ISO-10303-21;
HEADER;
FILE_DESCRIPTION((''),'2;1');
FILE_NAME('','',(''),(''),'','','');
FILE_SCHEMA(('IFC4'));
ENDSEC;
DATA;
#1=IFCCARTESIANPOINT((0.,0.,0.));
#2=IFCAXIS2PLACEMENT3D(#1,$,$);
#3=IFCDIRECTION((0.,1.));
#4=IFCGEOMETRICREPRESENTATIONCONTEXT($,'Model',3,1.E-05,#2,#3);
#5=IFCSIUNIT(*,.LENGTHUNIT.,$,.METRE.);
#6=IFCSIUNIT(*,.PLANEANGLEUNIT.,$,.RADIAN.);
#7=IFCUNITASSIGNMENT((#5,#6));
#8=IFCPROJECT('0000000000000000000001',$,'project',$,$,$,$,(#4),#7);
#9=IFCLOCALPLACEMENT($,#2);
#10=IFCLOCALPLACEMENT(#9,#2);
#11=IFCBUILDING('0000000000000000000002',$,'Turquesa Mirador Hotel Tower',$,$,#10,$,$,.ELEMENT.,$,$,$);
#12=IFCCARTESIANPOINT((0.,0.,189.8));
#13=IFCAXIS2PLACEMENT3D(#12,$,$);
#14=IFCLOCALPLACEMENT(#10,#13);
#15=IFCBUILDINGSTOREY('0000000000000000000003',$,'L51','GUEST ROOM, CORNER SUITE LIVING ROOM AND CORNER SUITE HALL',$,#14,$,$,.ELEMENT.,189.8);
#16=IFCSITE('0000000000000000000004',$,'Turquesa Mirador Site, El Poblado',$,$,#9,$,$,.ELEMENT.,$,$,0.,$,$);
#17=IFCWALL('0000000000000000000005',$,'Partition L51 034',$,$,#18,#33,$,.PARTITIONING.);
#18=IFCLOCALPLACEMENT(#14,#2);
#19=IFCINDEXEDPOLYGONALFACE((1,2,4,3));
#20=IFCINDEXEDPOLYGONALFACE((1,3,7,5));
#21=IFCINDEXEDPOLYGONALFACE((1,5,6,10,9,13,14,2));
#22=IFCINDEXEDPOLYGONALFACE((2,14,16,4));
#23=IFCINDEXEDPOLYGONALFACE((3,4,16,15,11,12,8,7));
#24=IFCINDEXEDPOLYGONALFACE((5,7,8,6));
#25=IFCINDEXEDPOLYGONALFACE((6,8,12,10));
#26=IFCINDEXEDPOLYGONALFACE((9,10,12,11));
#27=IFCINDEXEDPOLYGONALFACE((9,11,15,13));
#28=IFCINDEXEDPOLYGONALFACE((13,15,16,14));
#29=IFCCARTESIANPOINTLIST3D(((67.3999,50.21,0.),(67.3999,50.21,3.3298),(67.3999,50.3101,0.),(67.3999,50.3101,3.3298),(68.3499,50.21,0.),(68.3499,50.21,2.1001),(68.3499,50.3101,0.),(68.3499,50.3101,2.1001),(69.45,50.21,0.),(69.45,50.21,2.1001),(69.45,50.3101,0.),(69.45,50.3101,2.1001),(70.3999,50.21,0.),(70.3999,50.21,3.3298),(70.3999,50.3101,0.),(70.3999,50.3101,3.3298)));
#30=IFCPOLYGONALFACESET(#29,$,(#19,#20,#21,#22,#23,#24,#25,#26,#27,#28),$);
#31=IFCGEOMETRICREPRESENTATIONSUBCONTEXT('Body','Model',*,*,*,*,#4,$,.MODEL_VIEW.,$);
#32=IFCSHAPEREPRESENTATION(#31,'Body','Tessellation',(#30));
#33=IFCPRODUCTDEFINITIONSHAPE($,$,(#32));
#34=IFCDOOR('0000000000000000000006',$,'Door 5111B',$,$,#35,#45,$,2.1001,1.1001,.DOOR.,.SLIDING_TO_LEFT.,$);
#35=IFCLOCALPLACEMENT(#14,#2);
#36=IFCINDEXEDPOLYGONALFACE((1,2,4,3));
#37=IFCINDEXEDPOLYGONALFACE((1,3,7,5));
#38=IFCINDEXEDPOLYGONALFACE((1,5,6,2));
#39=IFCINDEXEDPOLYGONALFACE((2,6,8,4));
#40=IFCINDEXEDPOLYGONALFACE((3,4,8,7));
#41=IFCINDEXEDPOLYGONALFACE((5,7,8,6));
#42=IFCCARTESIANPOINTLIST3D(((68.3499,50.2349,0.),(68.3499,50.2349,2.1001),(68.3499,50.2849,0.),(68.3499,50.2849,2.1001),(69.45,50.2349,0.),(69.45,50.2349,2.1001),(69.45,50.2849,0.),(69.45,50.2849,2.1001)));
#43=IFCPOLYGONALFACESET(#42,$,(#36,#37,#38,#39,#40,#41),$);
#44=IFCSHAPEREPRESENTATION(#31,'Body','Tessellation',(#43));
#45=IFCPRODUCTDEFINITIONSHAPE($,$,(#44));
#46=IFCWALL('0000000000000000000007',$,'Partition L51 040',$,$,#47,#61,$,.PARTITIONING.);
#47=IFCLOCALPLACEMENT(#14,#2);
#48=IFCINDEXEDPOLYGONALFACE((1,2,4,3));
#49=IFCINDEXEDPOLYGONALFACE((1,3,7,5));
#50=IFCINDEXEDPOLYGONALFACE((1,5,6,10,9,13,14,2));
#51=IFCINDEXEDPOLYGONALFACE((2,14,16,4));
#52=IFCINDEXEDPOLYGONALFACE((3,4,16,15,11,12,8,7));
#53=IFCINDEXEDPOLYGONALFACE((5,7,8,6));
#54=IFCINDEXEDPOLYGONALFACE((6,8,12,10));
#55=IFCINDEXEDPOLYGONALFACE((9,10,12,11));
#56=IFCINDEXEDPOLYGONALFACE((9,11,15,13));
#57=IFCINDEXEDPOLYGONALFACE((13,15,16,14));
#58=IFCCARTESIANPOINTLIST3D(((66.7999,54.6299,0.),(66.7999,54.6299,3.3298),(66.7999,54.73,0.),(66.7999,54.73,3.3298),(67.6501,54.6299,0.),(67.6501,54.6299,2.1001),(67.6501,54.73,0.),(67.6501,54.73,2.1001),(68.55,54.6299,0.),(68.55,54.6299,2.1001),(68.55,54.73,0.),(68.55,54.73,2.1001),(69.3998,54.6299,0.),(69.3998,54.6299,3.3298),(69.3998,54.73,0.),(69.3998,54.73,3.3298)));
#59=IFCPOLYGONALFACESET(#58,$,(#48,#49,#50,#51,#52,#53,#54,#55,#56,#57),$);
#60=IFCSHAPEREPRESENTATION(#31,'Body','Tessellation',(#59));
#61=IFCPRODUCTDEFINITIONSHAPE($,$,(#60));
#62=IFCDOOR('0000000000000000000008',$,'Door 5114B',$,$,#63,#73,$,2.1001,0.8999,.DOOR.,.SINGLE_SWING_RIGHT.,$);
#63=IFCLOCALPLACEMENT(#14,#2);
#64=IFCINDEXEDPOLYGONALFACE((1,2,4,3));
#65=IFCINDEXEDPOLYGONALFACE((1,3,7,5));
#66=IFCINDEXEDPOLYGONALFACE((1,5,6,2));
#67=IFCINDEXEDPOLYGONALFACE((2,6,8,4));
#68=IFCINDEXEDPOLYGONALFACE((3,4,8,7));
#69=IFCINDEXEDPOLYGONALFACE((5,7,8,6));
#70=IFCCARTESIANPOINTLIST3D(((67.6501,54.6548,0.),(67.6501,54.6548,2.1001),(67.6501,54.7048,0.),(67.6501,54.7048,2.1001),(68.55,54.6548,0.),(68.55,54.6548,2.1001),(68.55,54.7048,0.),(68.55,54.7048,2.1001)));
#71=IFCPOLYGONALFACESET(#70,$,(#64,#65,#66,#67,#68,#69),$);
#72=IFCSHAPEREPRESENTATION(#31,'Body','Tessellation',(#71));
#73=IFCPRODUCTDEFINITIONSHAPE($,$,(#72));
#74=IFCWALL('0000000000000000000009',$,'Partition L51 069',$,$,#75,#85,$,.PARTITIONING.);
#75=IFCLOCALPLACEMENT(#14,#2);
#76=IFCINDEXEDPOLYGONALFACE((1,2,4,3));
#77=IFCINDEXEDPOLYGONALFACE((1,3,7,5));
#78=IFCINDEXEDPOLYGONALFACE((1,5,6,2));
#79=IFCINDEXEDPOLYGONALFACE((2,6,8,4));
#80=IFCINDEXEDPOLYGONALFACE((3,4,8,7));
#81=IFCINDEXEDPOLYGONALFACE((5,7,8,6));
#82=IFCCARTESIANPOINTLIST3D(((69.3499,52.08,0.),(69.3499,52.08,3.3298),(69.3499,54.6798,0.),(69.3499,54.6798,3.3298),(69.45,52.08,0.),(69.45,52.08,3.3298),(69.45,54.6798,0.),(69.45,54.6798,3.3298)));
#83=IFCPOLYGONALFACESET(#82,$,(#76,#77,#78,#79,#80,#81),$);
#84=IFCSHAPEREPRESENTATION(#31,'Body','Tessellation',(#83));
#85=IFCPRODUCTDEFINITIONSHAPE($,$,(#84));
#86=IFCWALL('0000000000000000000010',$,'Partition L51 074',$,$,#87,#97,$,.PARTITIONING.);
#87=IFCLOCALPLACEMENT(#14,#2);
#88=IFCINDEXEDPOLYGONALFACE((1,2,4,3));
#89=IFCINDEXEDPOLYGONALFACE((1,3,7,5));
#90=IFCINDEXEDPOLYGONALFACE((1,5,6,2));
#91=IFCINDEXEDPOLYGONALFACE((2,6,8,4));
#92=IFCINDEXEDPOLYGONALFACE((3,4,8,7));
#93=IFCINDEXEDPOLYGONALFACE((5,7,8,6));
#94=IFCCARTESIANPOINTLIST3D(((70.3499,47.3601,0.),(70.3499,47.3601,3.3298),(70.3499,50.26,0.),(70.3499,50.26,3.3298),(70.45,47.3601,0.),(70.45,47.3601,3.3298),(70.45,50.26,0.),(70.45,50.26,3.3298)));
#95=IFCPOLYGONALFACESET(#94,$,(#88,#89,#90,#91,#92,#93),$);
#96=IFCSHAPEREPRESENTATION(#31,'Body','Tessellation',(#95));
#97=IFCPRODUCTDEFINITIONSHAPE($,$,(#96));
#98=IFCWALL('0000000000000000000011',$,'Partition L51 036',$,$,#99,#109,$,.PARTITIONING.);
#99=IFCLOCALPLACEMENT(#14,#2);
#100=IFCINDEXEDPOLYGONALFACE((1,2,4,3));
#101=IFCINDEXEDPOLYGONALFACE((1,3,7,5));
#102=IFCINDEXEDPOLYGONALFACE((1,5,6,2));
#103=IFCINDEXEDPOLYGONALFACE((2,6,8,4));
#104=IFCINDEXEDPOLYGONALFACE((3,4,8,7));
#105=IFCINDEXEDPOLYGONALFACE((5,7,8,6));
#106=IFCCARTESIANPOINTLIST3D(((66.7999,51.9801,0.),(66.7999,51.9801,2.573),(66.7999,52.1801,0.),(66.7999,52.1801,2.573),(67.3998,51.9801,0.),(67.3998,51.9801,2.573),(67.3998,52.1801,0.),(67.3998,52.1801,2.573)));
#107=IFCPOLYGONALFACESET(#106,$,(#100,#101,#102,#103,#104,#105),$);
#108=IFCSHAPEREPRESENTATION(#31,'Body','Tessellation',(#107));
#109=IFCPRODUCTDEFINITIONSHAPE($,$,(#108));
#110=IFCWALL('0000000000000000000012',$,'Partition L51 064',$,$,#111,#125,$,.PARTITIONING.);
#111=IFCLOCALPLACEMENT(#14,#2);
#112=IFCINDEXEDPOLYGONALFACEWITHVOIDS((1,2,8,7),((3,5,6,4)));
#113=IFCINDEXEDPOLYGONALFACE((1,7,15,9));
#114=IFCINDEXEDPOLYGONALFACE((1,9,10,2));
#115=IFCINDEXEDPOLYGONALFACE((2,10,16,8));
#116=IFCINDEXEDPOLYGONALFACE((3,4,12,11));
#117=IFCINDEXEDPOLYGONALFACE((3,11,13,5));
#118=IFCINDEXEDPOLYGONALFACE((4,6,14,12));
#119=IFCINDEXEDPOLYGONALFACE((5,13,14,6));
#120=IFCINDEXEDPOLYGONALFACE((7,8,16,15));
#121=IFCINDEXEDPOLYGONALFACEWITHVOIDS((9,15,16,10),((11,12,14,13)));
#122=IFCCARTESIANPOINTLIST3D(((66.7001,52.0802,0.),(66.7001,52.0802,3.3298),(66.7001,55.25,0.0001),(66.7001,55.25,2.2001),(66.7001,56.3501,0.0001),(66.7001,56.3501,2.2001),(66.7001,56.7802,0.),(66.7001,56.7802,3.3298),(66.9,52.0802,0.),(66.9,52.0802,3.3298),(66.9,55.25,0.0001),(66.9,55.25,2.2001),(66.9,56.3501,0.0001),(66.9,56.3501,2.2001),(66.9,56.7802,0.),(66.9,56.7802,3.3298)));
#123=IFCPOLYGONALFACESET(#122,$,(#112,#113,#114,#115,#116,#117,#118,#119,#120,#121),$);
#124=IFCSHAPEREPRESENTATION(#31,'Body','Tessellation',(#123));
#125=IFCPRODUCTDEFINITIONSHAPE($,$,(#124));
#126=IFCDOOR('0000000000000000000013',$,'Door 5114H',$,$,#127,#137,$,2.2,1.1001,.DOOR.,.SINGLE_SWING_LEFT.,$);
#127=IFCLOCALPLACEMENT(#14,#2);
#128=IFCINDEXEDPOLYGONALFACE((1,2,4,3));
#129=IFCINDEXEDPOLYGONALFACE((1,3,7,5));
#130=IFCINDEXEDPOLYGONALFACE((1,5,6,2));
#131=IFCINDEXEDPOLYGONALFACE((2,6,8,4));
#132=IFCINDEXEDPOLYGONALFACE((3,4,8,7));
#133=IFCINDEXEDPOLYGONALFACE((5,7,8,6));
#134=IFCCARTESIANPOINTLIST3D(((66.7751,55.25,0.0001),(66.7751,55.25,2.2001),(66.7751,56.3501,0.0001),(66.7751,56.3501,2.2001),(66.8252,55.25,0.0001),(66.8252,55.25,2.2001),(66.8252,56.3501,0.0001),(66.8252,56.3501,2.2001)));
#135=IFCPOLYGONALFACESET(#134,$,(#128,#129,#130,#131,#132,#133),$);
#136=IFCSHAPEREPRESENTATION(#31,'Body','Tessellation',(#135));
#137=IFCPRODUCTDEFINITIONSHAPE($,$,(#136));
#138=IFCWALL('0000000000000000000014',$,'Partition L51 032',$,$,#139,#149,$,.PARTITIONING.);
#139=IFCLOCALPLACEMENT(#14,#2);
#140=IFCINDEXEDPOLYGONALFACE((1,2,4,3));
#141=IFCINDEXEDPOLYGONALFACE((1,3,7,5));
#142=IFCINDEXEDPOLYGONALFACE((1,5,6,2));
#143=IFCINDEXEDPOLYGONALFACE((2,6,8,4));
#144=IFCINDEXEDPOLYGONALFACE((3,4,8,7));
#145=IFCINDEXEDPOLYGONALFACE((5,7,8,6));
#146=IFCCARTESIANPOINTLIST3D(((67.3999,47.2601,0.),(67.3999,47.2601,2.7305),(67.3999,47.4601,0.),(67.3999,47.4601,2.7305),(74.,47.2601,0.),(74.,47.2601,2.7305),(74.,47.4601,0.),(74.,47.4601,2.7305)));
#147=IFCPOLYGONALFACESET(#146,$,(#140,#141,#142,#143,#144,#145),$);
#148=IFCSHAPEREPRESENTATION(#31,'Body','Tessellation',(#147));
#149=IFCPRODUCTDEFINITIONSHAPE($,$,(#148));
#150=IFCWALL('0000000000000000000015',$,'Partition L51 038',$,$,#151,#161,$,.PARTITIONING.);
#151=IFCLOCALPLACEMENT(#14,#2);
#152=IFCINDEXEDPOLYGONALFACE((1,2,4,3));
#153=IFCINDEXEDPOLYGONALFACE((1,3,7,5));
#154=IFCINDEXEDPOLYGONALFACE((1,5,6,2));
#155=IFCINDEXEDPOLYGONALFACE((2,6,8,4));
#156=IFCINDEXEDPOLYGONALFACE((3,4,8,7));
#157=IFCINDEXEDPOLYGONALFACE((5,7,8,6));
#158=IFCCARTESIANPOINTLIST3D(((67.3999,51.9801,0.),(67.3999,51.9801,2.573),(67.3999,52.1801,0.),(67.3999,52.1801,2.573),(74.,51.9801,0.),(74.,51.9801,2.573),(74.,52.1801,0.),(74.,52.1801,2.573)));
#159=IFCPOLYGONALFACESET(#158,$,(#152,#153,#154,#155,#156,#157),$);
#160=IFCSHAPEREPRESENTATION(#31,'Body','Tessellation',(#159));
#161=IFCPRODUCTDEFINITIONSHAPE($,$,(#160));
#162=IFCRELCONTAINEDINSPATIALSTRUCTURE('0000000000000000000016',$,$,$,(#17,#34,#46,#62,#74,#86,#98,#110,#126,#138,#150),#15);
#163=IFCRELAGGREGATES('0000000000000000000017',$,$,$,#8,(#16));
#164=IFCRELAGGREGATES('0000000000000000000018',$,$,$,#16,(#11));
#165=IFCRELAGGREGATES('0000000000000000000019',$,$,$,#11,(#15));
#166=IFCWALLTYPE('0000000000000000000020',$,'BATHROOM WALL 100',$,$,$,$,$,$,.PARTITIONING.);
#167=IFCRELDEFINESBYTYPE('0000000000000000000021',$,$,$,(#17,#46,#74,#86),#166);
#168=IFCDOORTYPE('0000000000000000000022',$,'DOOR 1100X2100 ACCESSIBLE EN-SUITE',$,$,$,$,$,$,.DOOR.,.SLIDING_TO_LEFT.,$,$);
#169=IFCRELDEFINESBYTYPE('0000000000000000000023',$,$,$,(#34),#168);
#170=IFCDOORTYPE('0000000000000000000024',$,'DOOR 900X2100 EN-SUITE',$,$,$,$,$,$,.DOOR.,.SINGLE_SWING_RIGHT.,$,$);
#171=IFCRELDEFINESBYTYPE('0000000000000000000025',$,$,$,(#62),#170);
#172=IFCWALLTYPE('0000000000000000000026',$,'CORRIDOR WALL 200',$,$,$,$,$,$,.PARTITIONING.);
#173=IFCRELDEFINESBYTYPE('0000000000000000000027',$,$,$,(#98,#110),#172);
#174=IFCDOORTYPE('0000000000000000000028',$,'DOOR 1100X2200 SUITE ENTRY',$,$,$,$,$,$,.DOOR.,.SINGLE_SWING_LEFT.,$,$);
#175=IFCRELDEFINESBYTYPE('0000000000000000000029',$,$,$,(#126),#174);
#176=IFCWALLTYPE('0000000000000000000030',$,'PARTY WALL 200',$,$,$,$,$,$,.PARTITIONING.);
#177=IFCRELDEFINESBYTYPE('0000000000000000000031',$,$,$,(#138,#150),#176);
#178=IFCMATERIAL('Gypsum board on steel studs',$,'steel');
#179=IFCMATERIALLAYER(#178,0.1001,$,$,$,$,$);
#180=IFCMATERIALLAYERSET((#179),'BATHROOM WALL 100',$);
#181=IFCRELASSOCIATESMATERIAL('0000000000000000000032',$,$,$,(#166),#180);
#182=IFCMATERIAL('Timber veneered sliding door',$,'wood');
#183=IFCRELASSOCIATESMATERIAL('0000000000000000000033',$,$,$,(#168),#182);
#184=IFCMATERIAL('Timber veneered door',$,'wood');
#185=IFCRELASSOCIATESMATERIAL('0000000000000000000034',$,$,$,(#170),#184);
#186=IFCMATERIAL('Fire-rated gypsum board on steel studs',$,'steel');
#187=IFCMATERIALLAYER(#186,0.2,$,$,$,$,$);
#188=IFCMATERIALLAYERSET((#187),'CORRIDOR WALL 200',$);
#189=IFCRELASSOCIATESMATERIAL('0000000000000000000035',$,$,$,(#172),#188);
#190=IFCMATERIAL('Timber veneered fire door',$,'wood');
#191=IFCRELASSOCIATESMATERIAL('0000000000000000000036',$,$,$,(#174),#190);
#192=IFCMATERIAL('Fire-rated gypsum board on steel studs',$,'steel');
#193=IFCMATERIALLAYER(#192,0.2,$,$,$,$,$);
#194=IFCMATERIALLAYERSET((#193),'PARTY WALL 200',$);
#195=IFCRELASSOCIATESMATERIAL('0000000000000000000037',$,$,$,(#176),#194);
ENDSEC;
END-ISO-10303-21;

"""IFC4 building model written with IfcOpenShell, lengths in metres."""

from ifc_helpers import new_model, si_unit, direction, frame, frame_2d, origin, place, context, subcontext, project, spatial, rectangle, extrude, material, layer, layer_set, type_object, element, fill, save


model = new_model("IFC4")

# Units and contexts
model_context = context("Model", 3, precision=1e-05, world=origin(), true_north=direction((0.0, 1.0)))
body_context = subcontext(model_context, "Body", "Model", "MODEL_VIEW")
ifc_project = project(units=[si_unit("LENGTHUNIT", "METRE"), si_unit("PLANEANGLEUNIT", "RADIAN")], contexts=[model_context])

# Site, building, storey
site_placement = place(None, origin())
site = spatial("IfcSite", under=ifc_project, at=site_placement, Name="Turquesa Mirador Site, El Poblado", CompositionType="ELEMENT", RefElevation=0.0)
building_placement = place(site_placement, origin())
building = spatial("IfcBuilding", under=site, at=building_placement, Name="Turquesa Mirador Hotel Tower", CompositionType="ELEMENT")
storey_placement = place(building_placement, frame((0.0, 0.0, 189.8)))
storey = spatial("IfcBuildingStorey", under=building, at=storey_placement, Name="L51", Description="GUEST ROOM, CORNER SUITE LIVING ROOM AND CORNER SUITE HALL", CompositionType="ELEMENT", Elevation=189.8)

# Walls, openings, doors
ifc_material_1 = material(Name="Gypsum board on steel studs", Category="steel")
ifc_layer_1 = layer(ifc_material_1, 0.1001)
ifc_layer_set_1 = layer_set([ifc_layer_1], Name="BATHROOM WALL 100")
wall_type_1 = type_object("IfcWallType", Name="BATHROOM WALL 100", PredefinedType="PARTITIONING", material=ifc_layer_set_1)
wall_1_placement = place(storey_placement, frame((67.3999, 50.26, 0.0), z_axis=(0.0, 0.0, 1.0), x_axis=(1.0, 0.0, 0.0)))
wall_1 = element("IfcWall", 1, at=wall_1_placement, inside=storey, type_object=wall_type_1, Name="Partition L51 034", PredefinedType="PARTITIONING", context=body_context, shape_type="SweptSolid", body=[
    extrude(rectangle(XDim=3.0, YDim=0.1001, at=frame_2d((1.5, 0.0))), origin(), (0.0, 0.0, 1.0), 3.3298),
])
opening_1_placement = place(wall_1_placement, frame((0.95, 0.0, 0.0)))
opening_1 = element("IfcOpeningElement", 2, at=opening_1_placement, cuts=wall_1, PredefinedType="OPENING", context=body_context, shape_type="SweptSolid", body=[
    extrude(rectangle(XDim=1.1001, YDim=2.1001, at=frame_2d((0.55, 1.05))), frame((0.0, 0.0601, 0.0), z_axis=(0.0, -1.0, 0.0), x_axis=(1.0, 0.0, 0.0)), (0.0, 0.0, 1.0), 0.1201),
])
ifc_material_2 = material(Name="Timber veneered sliding door", Category="wood")
door_type_1 = type_object("IfcDoorType", Name="DOOR 1100X2100 ACCESSIBLE EN-SUITE", OperationType="SLIDING_TO_LEFT", PredefinedType="DOOR", material=ifc_material_2)
door_1_placement = place(opening_1_placement, origin())
door_1 = element("IfcDoor", 3, at=door_1_placement, inside=storey, type_object=door_type_1, Name="Door 5111B", OperationType="SLIDING_TO_LEFT", OverallHeight=2.1001, OverallWidth=1.1001, PredefinedType="DOOR", context=body_context, shape_type="SweptSolid", body=[
    extrude(rectangle(XDim=1.1001, YDim=2.1001, at=frame_2d((0.55, 1.05))), frame((0.0, 0.0249, 0.0), z_axis=(0.0, -1.0, 0.0), x_axis=(1.0, 0.0, 0.0)), (0.0, 0.0, 1.0), 0.05),
])
fill(opening_1, door_1)
wall_2_placement = place(storey_placement, frame((66.8, 54.6799, 0.0), z_axis=(0.0, 0.0, 1.0), x_axis=(1.0, 0.0, 0.0)))
wall_2 = element("IfcWall", 4, at=wall_2_placement, inside=storey, type_object=wall_type_1, Name="Partition L51 040", PredefinedType="PARTITIONING", context=body_context, shape_type="SweptSolid", body=[
    extrude(rectangle(XDim=2.5999, YDim=0.1001, at=frame_2d((1.2998, 0.0))), origin(), (0.0, 0.0, 1.0), 3.3298),
])
opening_2_placement = place(wall_2_placement, frame((0.8501, 0.0, 0.0)))
opening_2 = element("IfcOpeningElement", 5, at=opening_2_placement, cuts=wall_2, PredefinedType="OPENING", context=body_context, shape_type="SweptSolid", body=[
    extrude(rectangle(XDim=0.8999, YDim=2.1001, at=frame_2d((0.45, 1.05))), frame((0.0, 0.0601, 0.0), z_axis=(0.0, -1.0, 0.0), x_axis=(1.0, 0.0, 0.0)), (0.0, 0.0, 1.0), 0.1201),
])
ifc_material_3 = material(Name="Timber veneered door", Category="wood")
door_type_2 = type_object("IfcDoorType", Name="DOOR 900X2100 EN-SUITE", OperationType="SINGLE_SWING_RIGHT", PredefinedType="DOOR", material=ifc_material_3)
door_2_placement = place(opening_2_placement, origin())
door_2 = element("IfcDoor", 6, at=door_2_placement, inside=storey, type_object=door_type_2, Name="Door 5114B", OperationType="SINGLE_SWING_RIGHT", OverallHeight=2.1001, OverallWidth=0.8999, PredefinedType="DOOR", context=body_context, shape_type="SweptSolid", body=[
    extrude(rectangle(XDim=0.8999, YDim=2.1001, at=frame_2d((0.45, 1.05))), frame((0.0, 0.0249, 0.0), z_axis=(0.0, -1.0, 0.0), x_axis=(1.0, 0.0, 0.0)), (0.0, 0.0, 1.0), 0.05),
])
fill(opening_2, door_2)

# Walls
wall_3_placement = place(storey_placement, frame((69.3999, 52.0801, 0.0), z_axis=(0.0, 0.0, 1.0), x_axis=(0.0, 1.0, 0.0)))
element("IfcWall", 7, at=wall_3_placement, inside=storey, type_object=wall_type_1, Name="Partition L51 069", PredefinedType="PARTITIONING", context=body_context, shape_type="SweptSolid", body=[
    extrude(rectangle(XDim=2.5999, YDim=0.1001, at=frame_2d((1.2998, 0.0))), origin(), (0.0, 0.0, 1.0), 3.3298),
])
wall_4_placement = place(storey_placement, frame((70.3999, 47.3601, 0.0), z_axis=(0.0, 0.0, 1.0), x_axis=(0.0, 1.0, 0.0)))
element("IfcWall", 8, at=wall_4_placement, inside=storey, type_object=wall_type_1, Name="Partition L51 074", PredefinedType="PARTITIONING", context=body_context, shape_type="SweptSolid", body=[
    extrude(rectangle(XDim=2.8999, YDim=0.1001, at=frame_2d((1.45, 0.0))), origin(), (0.0, 0.0, 1.0), 3.3298),
])
ifc_material_4 = material(Name="Fire-rated gypsum board on steel studs", Category="steel")
ifc_layer_2 = layer(ifc_material_4, 0.2)
ifc_layer_set_2 = layer_set([ifc_layer_2], Name="CORRIDOR WALL 200")
wall_type_2 = type_object("IfcWallType", Name="CORRIDOR WALL 200", PredefinedType="PARTITIONING", material=ifc_layer_set_2)
wall_5_placement = place(storey_placement, frame((66.8, 52.0801, 0.0), z_axis=(0.0, 0.0, 1.0), x_axis=(1.0, 0.0, 0.0)))
element("IfcWall", 9, at=wall_5_placement, inside=storey, type_object=wall_type_2, Name="Partition L51 036", PredefinedType="PARTITIONING", context=body_context, shape_type="SweptSolid", body=[
    extrude(rectangle(XDim=0.5999, YDim=0.2, at=frame_2d((0.2998, 0.0))), origin(), (0.0, 0.0, 1.0), 2.573),
])

# Wall, opening, door
wall_6_placement = place(storey_placement, frame((66.8, 52.0801, 0.0), z_axis=(0.0, 0.0, 1.0), x_axis=(0.0, 1.0, 0.0)))
wall_6 = element("IfcWall", 10, at=wall_6_placement, inside=storey, type_object=wall_type_2, Name="Partition L51 064", PredefinedType="PARTITIONING", context=body_context, shape_type="SweptSolid", body=[
    extrude(rectangle(XDim=4.7, YDim=0.2, at=frame_2d((2.3501, 0.0))), origin(), (0.0, 0.0, 1.0), 3.3298),
])
opening_3_placement = place(wall_6_placement, frame((3.1699, 0.0, 0.0)))
opening_3 = element("IfcOpeningElement", 11, at=opening_3_placement, cuts=wall_6, PredefinedType="OPENING", context=body_context, shape_type="SweptSolid", body=[
    extrude(rectangle(XDim=1.1001, YDim=2.2, at=frame_2d((0.55, 1.1001))), frame((0.0, 0.1099, 0.0), z_axis=(0.0, -1.0, 0.0), x_axis=(1.0, 0.0, 0.0)), (0.0, 0.0, 1.0), 0.22),
])
ifc_material_5 = material(Name="Timber veneered fire door", Category="wood")
door_type_3 = type_object("IfcDoorType", Name="DOOR 1100X2200 SUITE ENTRY", OperationType="SINGLE_SWING_LEFT", PredefinedType="DOOR", material=ifc_material_5)
door_3_placement = place(opening_3_placement, origin())
door_3 = element("IfcDoor", 12, at=door_3_placement, inside=storey, type_object=door_type_3, Name="Door 5114H", OperationType="SINGLE_SWING_LEFT", OverallHeight=2.2, OverallWidth=1.1001, PredefinedType="DOOR", context=body_context, shape_type="SweptSolid", body=[
    extrude(rectangle(XDim=1.1001, YDim=2.2, at=frame_2d((0.55, 1.1001))), frame((0.0, 0.0249, 0.0), z_axis=(0.0, -1.0, 0.0), x_axis=(1.0, 0.0, 0.0)), (0.0, 0.0, 1.0), 0.05),
])
fill(opening_3, door_3)

# Walls
ifc_material_6 = material(Name="Fire-rated gypsum board on steel studs", Category="steel")
ifc_layer_3 = layer(ifc_material_6, 0.2)
ifc_layer_set_3 = layer_set([ifc_layer_3], Name="PARTY WALL 200")
wall_type_3 = type_object("IfcWallType", Name="PARTY WALL 200", PredefinedType="PARTITIONING", material=ifc_layer_set_3)
wall_7_placement = place(storey_placement, frame((67.3999, 47.3601, 0.0), z_axis=(0.0, 0.0, 1.0), x_axis=(1.0, 0.0, 0.0)))
element("IfcWall", 13, at=wall_7_placement, inside=storey, type_object=wall_type_3, Name="Partition L51 032", PredefinedType="PARTITIONING", context=body_context, shape_type="SweptSolid", body=[
    extrude(rectangle(XDim=6.6001, YDim=0.2, at=frame_2d((3.3, 0.0))), origin(), (0.0, 0.0, 1.0), 2.7305),
])
wall_8_placement = place(storey_placement, frame((67.3999, 52.0801, 0.0), z_axis=(0.0, 0.0, 1.0), x_axis=(1.0, 0.0, 0.0)))
element("IfcWall", 14, at=wall_8_placement, inside=storey, type_object=wall_type_3, Name="Partition L51 038", PredefinedType="PARTITIONING", context=body_context, shape_type="SweptSolid", body=[
    extrude(rectangle(XDim=6.6001, YDim=0.2, at=frame_2d((3.3, 0.0))), origin(), (0.0, 0.0, 1.0), 2.573),
])

save(model, "model.ifc")
